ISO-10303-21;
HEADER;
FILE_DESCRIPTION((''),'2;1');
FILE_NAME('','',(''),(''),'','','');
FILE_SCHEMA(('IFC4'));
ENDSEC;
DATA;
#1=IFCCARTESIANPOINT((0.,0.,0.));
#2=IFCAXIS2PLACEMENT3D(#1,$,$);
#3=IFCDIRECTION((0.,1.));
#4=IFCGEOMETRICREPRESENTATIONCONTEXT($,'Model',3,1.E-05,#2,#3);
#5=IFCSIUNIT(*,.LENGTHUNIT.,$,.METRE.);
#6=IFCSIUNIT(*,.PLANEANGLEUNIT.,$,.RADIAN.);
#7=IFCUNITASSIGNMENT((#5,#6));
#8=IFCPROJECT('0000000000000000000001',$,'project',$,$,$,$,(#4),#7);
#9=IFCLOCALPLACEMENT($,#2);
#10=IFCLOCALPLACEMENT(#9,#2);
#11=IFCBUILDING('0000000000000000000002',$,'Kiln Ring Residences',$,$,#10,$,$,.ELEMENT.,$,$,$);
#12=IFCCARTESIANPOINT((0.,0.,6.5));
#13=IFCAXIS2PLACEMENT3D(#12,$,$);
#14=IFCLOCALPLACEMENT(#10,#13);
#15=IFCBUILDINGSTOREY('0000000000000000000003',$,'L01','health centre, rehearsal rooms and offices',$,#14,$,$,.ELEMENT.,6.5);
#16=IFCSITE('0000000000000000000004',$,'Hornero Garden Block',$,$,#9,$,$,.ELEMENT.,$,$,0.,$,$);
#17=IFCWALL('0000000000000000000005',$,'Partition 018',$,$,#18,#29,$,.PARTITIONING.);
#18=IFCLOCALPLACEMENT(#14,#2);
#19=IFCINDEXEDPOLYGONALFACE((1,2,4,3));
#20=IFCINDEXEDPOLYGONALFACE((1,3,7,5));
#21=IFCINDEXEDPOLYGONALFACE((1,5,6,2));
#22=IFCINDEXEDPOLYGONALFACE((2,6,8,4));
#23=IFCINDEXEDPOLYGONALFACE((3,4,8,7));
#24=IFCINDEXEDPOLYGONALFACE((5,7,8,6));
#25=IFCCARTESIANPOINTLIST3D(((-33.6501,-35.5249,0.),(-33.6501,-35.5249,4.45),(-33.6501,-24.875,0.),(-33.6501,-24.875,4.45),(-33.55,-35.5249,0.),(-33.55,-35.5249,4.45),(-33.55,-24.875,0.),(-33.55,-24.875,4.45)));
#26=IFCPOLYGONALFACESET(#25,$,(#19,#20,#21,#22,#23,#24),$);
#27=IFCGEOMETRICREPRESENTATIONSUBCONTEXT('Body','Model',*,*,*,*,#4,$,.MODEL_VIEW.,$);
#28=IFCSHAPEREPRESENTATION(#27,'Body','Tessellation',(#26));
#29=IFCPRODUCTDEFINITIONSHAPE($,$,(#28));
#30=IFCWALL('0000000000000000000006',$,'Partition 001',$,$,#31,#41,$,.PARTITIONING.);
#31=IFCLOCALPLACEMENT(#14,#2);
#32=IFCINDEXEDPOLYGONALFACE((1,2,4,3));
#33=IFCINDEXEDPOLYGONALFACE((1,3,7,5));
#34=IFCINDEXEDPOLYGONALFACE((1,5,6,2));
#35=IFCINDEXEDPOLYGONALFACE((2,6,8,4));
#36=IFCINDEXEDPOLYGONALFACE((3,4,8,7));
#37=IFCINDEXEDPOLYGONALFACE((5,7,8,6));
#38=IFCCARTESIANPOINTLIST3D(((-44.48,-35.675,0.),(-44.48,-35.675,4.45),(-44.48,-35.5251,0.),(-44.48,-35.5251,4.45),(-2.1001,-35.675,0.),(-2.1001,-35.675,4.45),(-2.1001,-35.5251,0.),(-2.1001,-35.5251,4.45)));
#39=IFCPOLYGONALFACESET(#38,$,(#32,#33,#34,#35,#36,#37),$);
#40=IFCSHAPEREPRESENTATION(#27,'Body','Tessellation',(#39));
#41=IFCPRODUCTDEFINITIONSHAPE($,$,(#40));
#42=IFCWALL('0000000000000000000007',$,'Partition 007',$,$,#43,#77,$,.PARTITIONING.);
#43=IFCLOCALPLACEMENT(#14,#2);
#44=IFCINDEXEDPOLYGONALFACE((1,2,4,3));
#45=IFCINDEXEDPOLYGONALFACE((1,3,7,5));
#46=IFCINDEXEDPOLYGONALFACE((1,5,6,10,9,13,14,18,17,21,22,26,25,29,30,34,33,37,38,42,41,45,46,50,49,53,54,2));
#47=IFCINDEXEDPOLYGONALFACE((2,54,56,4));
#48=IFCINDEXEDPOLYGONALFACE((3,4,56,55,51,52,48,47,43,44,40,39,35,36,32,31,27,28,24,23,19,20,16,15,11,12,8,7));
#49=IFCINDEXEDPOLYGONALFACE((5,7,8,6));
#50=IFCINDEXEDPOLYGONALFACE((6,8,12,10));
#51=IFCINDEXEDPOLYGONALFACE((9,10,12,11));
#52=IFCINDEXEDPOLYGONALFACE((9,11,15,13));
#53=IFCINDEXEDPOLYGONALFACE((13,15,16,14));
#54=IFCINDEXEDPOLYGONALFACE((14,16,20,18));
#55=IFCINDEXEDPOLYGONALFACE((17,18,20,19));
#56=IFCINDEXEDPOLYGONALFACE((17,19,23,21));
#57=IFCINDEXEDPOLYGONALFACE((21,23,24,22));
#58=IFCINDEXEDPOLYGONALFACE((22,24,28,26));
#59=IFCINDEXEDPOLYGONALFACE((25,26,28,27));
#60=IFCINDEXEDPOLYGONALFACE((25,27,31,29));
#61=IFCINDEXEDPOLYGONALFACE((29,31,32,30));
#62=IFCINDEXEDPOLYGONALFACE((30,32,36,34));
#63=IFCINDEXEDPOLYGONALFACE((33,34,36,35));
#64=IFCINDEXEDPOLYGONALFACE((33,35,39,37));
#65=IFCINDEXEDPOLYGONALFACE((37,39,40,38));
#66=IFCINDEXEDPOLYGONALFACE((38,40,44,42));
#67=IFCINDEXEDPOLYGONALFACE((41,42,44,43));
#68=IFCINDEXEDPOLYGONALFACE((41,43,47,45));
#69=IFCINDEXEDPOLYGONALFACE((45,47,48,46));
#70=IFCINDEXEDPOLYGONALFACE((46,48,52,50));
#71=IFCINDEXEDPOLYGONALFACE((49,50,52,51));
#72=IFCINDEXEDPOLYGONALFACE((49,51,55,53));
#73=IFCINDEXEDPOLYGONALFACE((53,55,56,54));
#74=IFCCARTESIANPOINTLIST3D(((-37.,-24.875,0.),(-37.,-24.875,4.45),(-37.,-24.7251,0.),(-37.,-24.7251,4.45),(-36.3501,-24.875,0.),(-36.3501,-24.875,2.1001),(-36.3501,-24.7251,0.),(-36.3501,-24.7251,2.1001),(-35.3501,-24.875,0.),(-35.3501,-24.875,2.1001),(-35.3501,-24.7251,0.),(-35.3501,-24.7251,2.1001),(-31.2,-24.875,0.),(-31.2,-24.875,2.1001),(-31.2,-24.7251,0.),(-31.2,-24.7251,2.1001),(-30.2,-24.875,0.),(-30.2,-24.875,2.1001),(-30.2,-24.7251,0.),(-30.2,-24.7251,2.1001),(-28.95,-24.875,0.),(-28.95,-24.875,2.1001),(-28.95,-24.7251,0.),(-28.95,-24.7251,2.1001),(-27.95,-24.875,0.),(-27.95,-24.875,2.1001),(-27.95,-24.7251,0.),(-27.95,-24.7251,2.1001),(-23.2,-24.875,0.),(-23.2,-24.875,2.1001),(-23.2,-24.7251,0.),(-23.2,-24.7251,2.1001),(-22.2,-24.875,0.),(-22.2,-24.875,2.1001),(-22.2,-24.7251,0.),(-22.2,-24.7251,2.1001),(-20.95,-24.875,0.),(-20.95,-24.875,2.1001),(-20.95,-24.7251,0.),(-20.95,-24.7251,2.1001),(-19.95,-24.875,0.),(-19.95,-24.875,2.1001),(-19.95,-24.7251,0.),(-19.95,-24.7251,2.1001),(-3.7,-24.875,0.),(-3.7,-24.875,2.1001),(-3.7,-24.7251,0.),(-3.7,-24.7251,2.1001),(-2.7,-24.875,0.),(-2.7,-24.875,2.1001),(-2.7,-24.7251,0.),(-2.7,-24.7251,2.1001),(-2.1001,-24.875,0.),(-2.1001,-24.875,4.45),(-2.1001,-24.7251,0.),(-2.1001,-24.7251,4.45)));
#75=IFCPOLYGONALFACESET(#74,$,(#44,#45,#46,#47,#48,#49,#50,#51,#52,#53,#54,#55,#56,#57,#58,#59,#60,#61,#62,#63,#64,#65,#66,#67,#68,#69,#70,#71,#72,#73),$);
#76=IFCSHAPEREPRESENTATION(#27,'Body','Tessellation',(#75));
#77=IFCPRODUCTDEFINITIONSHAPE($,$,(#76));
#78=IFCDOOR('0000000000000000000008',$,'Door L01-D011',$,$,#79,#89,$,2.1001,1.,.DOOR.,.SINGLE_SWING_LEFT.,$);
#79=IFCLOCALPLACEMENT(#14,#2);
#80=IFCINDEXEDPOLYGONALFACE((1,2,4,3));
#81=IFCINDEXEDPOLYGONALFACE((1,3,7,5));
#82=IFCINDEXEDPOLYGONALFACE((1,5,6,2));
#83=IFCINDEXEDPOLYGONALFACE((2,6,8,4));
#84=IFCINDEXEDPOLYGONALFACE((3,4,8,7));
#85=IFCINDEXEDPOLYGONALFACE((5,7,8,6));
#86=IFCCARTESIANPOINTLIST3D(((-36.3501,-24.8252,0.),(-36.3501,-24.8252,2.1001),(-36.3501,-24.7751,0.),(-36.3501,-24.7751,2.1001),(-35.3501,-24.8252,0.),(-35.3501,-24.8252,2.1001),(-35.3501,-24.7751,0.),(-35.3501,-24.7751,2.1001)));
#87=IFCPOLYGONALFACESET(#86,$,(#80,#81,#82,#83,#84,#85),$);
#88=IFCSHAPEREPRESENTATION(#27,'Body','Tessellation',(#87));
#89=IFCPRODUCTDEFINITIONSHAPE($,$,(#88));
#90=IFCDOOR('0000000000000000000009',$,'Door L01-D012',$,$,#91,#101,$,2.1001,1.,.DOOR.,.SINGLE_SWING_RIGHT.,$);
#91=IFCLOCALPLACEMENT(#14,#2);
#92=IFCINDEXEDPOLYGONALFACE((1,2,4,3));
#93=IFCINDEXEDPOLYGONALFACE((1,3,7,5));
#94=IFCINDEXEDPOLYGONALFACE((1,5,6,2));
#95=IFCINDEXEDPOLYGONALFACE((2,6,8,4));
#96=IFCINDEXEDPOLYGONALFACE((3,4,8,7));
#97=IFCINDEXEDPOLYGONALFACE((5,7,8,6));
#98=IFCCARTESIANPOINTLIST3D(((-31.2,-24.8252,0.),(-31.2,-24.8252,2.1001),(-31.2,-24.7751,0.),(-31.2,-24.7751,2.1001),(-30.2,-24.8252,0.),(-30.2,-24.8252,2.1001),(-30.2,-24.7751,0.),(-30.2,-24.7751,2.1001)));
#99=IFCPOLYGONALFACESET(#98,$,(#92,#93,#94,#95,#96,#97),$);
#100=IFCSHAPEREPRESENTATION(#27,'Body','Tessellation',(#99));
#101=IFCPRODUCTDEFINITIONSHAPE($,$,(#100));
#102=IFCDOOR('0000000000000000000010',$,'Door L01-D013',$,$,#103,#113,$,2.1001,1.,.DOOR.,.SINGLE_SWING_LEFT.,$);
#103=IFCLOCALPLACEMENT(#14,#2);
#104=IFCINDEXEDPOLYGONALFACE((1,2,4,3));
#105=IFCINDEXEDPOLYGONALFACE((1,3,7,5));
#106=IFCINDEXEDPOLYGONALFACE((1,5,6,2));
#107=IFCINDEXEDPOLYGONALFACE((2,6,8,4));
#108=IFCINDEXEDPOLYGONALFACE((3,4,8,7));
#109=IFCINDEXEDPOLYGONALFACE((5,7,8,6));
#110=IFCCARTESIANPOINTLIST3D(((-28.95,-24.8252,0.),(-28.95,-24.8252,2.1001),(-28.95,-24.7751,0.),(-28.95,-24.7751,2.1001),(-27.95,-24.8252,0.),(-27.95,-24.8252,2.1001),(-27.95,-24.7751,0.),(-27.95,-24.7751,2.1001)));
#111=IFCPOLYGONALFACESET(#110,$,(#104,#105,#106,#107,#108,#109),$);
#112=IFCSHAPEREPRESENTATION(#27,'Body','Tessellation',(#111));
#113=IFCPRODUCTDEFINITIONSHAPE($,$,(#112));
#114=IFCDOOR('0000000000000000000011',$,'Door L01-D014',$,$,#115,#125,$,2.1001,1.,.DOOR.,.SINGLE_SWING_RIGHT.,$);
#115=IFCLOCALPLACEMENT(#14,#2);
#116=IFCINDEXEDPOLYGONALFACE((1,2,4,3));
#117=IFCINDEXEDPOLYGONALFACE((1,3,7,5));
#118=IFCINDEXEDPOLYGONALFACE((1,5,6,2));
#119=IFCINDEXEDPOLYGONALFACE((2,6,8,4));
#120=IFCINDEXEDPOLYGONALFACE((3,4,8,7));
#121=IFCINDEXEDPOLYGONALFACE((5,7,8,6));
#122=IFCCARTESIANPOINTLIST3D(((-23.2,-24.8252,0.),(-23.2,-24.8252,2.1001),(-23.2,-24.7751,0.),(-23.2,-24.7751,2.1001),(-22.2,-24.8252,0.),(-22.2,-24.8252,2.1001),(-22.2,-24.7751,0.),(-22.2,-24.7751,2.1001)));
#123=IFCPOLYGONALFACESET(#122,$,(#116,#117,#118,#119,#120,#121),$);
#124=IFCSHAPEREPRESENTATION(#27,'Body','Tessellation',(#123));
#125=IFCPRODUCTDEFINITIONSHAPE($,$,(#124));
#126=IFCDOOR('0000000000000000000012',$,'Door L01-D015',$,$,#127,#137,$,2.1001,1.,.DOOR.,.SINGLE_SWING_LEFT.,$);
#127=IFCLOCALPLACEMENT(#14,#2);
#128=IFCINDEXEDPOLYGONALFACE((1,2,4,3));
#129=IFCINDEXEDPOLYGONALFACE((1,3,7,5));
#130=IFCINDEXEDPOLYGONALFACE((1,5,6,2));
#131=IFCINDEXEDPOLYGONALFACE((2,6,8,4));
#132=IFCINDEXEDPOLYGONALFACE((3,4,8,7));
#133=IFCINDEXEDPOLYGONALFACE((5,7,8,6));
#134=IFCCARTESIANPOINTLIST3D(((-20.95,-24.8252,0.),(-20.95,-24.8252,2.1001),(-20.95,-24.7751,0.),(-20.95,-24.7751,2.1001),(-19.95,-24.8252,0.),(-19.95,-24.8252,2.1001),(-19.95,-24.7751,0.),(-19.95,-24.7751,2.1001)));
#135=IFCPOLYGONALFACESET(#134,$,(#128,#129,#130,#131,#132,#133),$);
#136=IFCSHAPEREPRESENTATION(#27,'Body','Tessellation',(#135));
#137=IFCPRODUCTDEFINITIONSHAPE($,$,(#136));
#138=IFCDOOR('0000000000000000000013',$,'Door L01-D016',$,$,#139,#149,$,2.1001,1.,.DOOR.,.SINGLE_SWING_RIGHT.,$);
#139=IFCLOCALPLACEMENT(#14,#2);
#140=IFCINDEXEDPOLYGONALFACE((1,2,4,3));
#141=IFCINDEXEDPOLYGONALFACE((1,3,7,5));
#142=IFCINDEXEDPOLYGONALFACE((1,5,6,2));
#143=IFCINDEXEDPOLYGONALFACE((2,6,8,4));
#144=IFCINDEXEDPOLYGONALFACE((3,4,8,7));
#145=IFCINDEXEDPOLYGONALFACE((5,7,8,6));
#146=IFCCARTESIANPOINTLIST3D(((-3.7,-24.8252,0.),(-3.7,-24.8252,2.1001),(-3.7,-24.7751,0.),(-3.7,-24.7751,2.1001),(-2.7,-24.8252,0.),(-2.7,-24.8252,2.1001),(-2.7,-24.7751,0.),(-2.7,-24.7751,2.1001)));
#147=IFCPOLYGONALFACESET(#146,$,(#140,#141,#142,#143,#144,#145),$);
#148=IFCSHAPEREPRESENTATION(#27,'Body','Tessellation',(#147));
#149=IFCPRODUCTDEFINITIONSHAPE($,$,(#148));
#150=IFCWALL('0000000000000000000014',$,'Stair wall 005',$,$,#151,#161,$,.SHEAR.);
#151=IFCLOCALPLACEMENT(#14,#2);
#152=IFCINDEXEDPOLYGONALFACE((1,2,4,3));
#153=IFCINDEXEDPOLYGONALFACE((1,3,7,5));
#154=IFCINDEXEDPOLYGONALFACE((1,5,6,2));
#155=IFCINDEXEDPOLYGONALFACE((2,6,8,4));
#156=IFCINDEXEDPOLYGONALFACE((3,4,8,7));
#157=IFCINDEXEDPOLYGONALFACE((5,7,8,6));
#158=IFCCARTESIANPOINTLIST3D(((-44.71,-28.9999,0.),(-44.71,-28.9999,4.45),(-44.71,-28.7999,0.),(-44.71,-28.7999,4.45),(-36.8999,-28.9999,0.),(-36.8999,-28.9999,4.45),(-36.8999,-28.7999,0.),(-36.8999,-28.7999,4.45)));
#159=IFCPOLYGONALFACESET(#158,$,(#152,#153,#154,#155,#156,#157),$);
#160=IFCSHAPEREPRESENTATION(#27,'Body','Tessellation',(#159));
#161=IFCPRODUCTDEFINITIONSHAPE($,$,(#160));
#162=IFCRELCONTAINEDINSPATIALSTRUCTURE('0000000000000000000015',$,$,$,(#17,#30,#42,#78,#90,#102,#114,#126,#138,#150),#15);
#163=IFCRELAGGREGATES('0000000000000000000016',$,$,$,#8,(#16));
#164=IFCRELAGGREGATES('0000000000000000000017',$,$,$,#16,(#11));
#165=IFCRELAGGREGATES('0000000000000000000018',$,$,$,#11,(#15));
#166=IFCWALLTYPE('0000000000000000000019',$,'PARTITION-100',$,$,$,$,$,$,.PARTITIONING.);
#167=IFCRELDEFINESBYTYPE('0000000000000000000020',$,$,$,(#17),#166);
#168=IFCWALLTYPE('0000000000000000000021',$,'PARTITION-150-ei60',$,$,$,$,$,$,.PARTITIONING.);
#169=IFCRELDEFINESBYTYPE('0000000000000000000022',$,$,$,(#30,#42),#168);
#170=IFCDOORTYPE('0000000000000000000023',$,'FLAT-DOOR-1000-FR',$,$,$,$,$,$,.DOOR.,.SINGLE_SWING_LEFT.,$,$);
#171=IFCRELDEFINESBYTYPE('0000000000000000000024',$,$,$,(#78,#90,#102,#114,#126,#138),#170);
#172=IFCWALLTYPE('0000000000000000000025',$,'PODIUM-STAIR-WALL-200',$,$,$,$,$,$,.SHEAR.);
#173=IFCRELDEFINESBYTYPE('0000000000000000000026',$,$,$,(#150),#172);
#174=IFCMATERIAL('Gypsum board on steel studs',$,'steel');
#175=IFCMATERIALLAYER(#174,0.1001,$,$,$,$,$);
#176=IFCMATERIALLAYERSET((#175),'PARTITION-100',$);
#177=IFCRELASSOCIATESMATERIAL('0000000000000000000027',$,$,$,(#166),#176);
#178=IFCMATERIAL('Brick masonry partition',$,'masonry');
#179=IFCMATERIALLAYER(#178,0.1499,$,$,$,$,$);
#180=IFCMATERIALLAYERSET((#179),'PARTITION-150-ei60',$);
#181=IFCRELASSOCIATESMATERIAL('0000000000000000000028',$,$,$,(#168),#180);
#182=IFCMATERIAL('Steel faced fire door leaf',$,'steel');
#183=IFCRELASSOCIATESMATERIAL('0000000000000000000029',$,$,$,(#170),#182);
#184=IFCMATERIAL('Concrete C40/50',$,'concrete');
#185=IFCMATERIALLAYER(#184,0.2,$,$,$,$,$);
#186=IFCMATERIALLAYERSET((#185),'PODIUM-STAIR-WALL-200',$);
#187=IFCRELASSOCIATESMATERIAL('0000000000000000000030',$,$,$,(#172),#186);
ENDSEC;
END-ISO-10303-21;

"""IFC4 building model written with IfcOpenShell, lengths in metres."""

from ifc_helpers import new_model, si_unit, direction, frame, frame_2d, origin, place, context, subcontext, project, spatial, rectangle, extrude, material, layer, layer_set, type_object, element, fill, save


model = new_model("IFC4")

# Units and contexts
model_context = context("Model", 3, precision=1e-05, world=origin(), true_north=direction((0.0, 1.0)))
body_context = subcontext(model_context, "Body", "Model", "MODEL_VIEW")
ifc_project = project(units=[si_unit("LENGTHUNIT", "METRE"), si_unit("PLANEANGLEUNIT", "RADIAN")], contexts=[model_context])

# Site, building, storey
site_placement = place(None, origin())
site = spatial("IfcSite", under=ifc_project, at=site_placement, Name="Hornero Garden Block", CompositionType="ELEMENT", RefElevation=0.0)
building_placement = place(site_placement, origin())
building = spatial("IfcBuilding", under=site, at=building_placement, Name="Kiln Ring Residences", CompositionType="ELEMENT")
storey_placement = place(building_placement, frame((0.0, 0.0, 6.5)))
storey = spatial("IfcBuildingStorey", under=building, at=storey_placement, Name="L01", Description="health centre, rehearsal rooms and offices", CompositionType="ELEMENT", Elevation=6.5)

# Walls
ifc_material_1 = material(Name="Gypsum board on steel studs", Category="steel")
ifc_layer_1 = layer(ifc_material_1, 0.1001)
ifc_layer_set_1 = layer_set([ifc_layer_1], Name="PARTITION-100")
wall_type_1 = type_object("IfcWallType", Name="PARTITION-100", PredefinedType="PARTITIONING", material=ifc_layer_set_1)
wall_1_placement = place(storey_placement, frame((-33.6001, -35.5249, 0.0), z_axis=(0.0, 0.0, 1.0), x_axis=(0.0, 1.0, 0.0)))
element("IfcWall", 1, at=wall_1_placement, inside=storey, type_object=wall_type_1, Name="Partition 018", PredefinedType="PARTITIONING", context=body_context, shape_type="SweptSolid", body=[
    extrude(rectangle(XDim=10.6499, YDim=0.1001, at=frame_2d((5.325, 0.0))), origin(), (0.0, 0.0, 1.0), 4.45),
])
ifc_material_2 = material(Name="Brick masonry partition", Category="masonry")
ifc_layer_2 = layer(ifc_material_2, 0.1499)
ifc_layer_set_2 = layer_set([ifc_layer_2], Name="PARTITION-150-ei60")
wall_type_2 = type_object("IfcWallType", Name="PARTITION-150-ei60", PredefinedType="PARTITIONING", material=ifc_layer_set_2)
wall_2_placement = place(storey_placement, frame((-44.48, -35.6001, 0.0), z_axis=(0.0, 0.0, 1.0), x_axis=(1.0, 0.0, 0.0)))
element("IfcWall", 2, at=wall_2_placement, inside=storey, type_object=wall_type_2, Name="Partition 001", PredefinedType="PARTITIONING", context=body_context, shape_type="SweptSolid", body=[
    extrude(rectangle(XDim=42.3799, YDim=0.1499, at=frame_2d((21.1899, 0.0))), origin(), (0.0, 0.0, 1.0), 4.45),
])

# Wall, openings, doors
wall_3_placement = place(storey_placement, frame((-37.0, -24.8, 0.0), z_axis=(0.0, 0.0, 1.0), x_axis=(1.0, 0.0, 0.0)))
wall_3 = element("IfcWall", 3, at=wall_3_placement, inside=storey, type_object=wall_type_2, Name="Partition 007", PredefinedType="PARTITIONING", context=body_context, shape_type="SweptSolid", body=[
    extrude(rectangle(XDim=34.8999, YDim=0.1499, at=frame_2d((17.45, 0.0))), origin(), (0.0, 0.0, 1.0), 4.45),
])
opening_1_placement = place(wall_3_placement, frame((0.6499, 0.0, 0.0)))
opening_1 = element("IfcOpeningElement", 4, at=opening_1_placement, cuts=wall_3, PredefinedType="OPENING", context=body_context, shape_type="SweptSolid", body=[
    extrude(rectangle(XDim=1.0, YDim=2.1001, at=frame_2d((0.5, 1.05))), frame((0.0, 0.085, 0.0), z_axis=(0.0, -1.0, 0.0), x_axis=(1.0, 0.0, 0.0)), (0.0, 0.0, 1.0), 0.1699),
])
opening_2_placement = place(wall_3_placement, frame((5.8, 0.0, 0.0)))
opening_2 = element("IfcOpeningElement", 5, at=opening_2_placement, cuts=wall_3, PredefinedType="OPENING", context=body_context, shape_type="SweptSolid", body=[
    extrude(rectangle(XDim=1.0, YDim=2.1001, at=frame_2d((0.5, 1.05))), frame((0.0, 0.085, 0.0), z_axis=(0.0, -1.0, 0.0), x_axis=(1.0, 0.0, 0.0)), (0.0, 0.0, 1.0), 0.1699),
])
opening_3_placement = place(wall_3_placement, frame((8.05, 0.0, 0.0)))
opening_3 = element("IfcOpeningElement", 6, at=opening_3_placement, cuts=wall_3, PredefinedType="OPENING", context=body_context, shape_type="SweptSolid", body=[
    extrude(rectangle(XDim=1.0, YDim=2.1001, at=frame_2d((0.5, 1.05))), frame((0.0, 0.085, 0.0), z_axis=(0.0, -1.0, 0.0), x_axis=(1.0, 0.0, 0.0)), (0.0, 0.0, 1.0), 0.1699),
])
opening_4_placement = place(wall_3_placement, frame((13.8, 0.0, 0.0)))
opening_4 = element("IfcOpeningElement", 7, at=opening_4_placement, cuts=wall_3, PredefinedType="OPENING", context=body_context, shape_type="SweptSolid", body=[
    extrude(rectangle(XDim=1.0, YDim=2.1001, at=frame_2d((0.5, 1.05))), frame((0.0, 0.085, 0.0), z_axis=(0.0, -1.0, 0.0), x_axis=(1.0, 0.0, 0.0)), (0.0, 0.0, 1.0), 0.1699),
])
opening_5_placement = place(wall_3_placement, frame((16.05, 0.0, 0.0)))
opening_5 = element("IfcOpeningElement", 8, at=opening_5_placement, cuts=wall_3, PredefinedType="OPENING", context=body_context, shape_type="SweptSolid", body=[
    extrude(rectangle(XDim=1.0, YDim=2.1001, at=frame_2d((0.5, 1.05))), frame((0.0, 0.085, 0.0), z_axis=(0.0, -1.0, 0.0), x_axis=(1.0, 0.0, 0.0)), (0.0, 0.0, 1.0), 0.1699),
])
opening_6_placement = place(wall_3_placement, frame((33.3, 0.0, 0.0)))
opening_6 = element("IfcOpeningElement", 9, at=opening_6_placement, cuts=wall_3, PredefinedType="OPENING", context=body_context, shape_type="SweptSolid", body=[
    extrude(rectangle(XDim=1.0, YDim=2.1001, at=frame_2d((0.5, 1.05))), frame((0.0, 0.085, 0.0), z_axis=(0.0, -1.0, 0.0), x_axis=(1.0, 0.0, 0.0)), (0.0, 0.0, 1.0), 0.1699),
])
ifc_material_3 = material(Name="Steel faced fire door leaf", Category="steel")
door_type_1 = type_object("IfcDoorType", Name="FLAT-DOOR-1000-FR", OperationType="SINGLE_SWING_LEFT", PredefinedType="DOOR", material=ifc_material_3)
door_1_placement = place(opening_1_placement, origin())
door_1 = element("IfcDoor", 10, at=door_1_placement, inside=storey, type_object=door_type_1, Name="Door L01-D011", OperationType="SINGLE_SWING_LEFT", OverallHeight=2.1001, OverallWidth=1.0, PredefinedType="DOOR", context=body_context, shape_type="SweptSolid", body=[
    extrude(rectangle(XDim=1.0, YDim=2.1001, at=frame_2d((0.5, 1.05))), frame((0.0, 0.0249, 0.0), z_axis=(0.0, -1.0, 0.0), x_axis=(1.0, 0.0, 0.0)), (0.0, 0.0, 1.0), 0.05),
])
fill(opening_1, door_1)
door_2_placement = place(opening_2_placement, origin())
door_2 = element("IfcDoor", 11, at=door_2_placement, inside=storey, type_object=door_type_1, Name="Door L01-D012", OperationType="SINGLE_SWING_RIGHT", OverallHeight=2.1001, OverallWidth=1.0, PredefinedType="DOOR", context=body_context, shape_type="SweptSolid", body=[
    extrude(rectangle(XDim=1.0, YDim=2.1001, at=frame_2d((0.5, 1.05))), frame((0.0, 0.0249, 0.0), z_axis=(0.0, -1.0, 0.0), x_axis=(1.0, 0.0, 0.0)), (0.0, 0.0, 1.0), 0.05),
])
fill(opening_2, door_2)
door_3_placement = place(opening_3_placement, origin())
door_3 = element("IfcDoor", 12, at=door_3_placement, inside=storey, type_object=door_type_1, Name="Door L01-D013", OperationType="SINGLE_SWING_LEFT", OverallHeight=2.1001, OverallWidth=1.0, PredefinedType="DOOR", context=body_context, shape_type="SweptSolid", body=[
    extrude(rectangle(XDim=1.0, YDim=2.1001, at=frame_2d((0.5, 1.05))), frame((0.0, 0.0249, 0.0), z_axis=(0.0, -1.0, 0.0), x_axis=(1.0, 0.0, 0.0)), (0.0, 0.0, 1.0), 0.05),
])
fill(opening_3, door_3)
door_4_placement = place(opening_4_placement, origin())
door_4 = element("IfcDoor", 13, at=door_4_placement, inside=storey, type_object=door_type_1, Name="Door L01-D014", OperationType="SINGLE_SWING_RIGHT", OverallHeight=2.1001, OverallWidth=1.0, PredefinedType="DOOR", context=body_context, shape_type="SweptSolid", body=[
    extrude(rectangle(XDim=1.0, YDim=2.1001, at=frame_2d((0.5, 1.05))), frame((0.0, 0.0249, 0.0), z_axis=(0.0, -1.0, 0.0), x_axis=(1.0, 0.0, 0.0)), (0.0, 0.0, 1.0), 0.05),
])
fill(opening_4, door_4)
door_5_placement = place(opening_5_placement, origin())
door_5 = element("IfcDoor", 14, at=door_5_placement, inside=storey, type_object=door_type_1, Name="Door L01-D015", OperationType="SINGLE_SWING_LEFT", OverallHeight=2.1001, OverallWidth=1.0, PredefinedType="DOOR", context=body_context, shape_type="SweptSolid", body=[
    extrude(rectangle(XDim=1.0, YDim=2.1001, at=frame_2d((0.5, 1.05))), frame((0.0, 0.0249, 0.0), z_axis=(0.0, -1.0, 0.0), x_axis=(1.0, 0.0, 0.0)), (0.0, 0.0, 1.0), 0.05),
])
fill(opening_5, door_5)
door_6_placement = place(opening_6_placement, origin())
door_6 = element("IfcDoor", 15, at=door_6_placement, inside=storey, type_object=door_type_1, Name="Door L01-D016", OperationType="SINGLE_SWING_RIGHT", OverallHeight=2.1001, OverallWidth=1.0, PredefinedType="DOOR", context=body_context, shape_type="SweptSolid", body=[
    extrude(rectangle(XDim=1.0, YDim=2.1001, at=frame_2d((0.5, 1.05))), frame((0.0, 0.0249, 0.0), z_axis=(0.0, -1.0, 0.0), x_axis=(1.0, 0.0, 0.0)), (0.0, 0.0, 1.0), 0.05),
])
fill(opening_6, door_6)

# Wall
ifc_material_4 = material(Name="Concrete C40/50", Category="concrete")
ifc_layer_3 = layer(ifc_material_4, 0.2)
ifc_layer_set_3 = layer_set([ifc_layer_3], Name="PODIUM-STAIR-WALL-200")
wall_type_3 = type_object("IfcWallType", Name="PODIUM-STAIR-WALL-200", PredefinedType="SHEAR", material=ifc_layer_set_3)
wall_4_placement = place(storey_placement, frame((-44.71, -28.8999, 0.0), z_axis=(0.0, 0.0, 1.0), x_axis=(1.0, 0.0, 0.0)))
element("IfcWall", 16, at=wall_4_placement, inside=storey, type_object=wall_type_3, Name="Stair wall 005", PredefinedType="SHEAR", context=body_context, shape_type="SweptSolid", body=[
    extrude(rectangle(XDim=7.8101, YDim=0.2, at=frame_2d((3.905, 0.0))), origin(), (0.0, 0.0, 1.0), 4.45),
])

save(model, "model.ifc")
